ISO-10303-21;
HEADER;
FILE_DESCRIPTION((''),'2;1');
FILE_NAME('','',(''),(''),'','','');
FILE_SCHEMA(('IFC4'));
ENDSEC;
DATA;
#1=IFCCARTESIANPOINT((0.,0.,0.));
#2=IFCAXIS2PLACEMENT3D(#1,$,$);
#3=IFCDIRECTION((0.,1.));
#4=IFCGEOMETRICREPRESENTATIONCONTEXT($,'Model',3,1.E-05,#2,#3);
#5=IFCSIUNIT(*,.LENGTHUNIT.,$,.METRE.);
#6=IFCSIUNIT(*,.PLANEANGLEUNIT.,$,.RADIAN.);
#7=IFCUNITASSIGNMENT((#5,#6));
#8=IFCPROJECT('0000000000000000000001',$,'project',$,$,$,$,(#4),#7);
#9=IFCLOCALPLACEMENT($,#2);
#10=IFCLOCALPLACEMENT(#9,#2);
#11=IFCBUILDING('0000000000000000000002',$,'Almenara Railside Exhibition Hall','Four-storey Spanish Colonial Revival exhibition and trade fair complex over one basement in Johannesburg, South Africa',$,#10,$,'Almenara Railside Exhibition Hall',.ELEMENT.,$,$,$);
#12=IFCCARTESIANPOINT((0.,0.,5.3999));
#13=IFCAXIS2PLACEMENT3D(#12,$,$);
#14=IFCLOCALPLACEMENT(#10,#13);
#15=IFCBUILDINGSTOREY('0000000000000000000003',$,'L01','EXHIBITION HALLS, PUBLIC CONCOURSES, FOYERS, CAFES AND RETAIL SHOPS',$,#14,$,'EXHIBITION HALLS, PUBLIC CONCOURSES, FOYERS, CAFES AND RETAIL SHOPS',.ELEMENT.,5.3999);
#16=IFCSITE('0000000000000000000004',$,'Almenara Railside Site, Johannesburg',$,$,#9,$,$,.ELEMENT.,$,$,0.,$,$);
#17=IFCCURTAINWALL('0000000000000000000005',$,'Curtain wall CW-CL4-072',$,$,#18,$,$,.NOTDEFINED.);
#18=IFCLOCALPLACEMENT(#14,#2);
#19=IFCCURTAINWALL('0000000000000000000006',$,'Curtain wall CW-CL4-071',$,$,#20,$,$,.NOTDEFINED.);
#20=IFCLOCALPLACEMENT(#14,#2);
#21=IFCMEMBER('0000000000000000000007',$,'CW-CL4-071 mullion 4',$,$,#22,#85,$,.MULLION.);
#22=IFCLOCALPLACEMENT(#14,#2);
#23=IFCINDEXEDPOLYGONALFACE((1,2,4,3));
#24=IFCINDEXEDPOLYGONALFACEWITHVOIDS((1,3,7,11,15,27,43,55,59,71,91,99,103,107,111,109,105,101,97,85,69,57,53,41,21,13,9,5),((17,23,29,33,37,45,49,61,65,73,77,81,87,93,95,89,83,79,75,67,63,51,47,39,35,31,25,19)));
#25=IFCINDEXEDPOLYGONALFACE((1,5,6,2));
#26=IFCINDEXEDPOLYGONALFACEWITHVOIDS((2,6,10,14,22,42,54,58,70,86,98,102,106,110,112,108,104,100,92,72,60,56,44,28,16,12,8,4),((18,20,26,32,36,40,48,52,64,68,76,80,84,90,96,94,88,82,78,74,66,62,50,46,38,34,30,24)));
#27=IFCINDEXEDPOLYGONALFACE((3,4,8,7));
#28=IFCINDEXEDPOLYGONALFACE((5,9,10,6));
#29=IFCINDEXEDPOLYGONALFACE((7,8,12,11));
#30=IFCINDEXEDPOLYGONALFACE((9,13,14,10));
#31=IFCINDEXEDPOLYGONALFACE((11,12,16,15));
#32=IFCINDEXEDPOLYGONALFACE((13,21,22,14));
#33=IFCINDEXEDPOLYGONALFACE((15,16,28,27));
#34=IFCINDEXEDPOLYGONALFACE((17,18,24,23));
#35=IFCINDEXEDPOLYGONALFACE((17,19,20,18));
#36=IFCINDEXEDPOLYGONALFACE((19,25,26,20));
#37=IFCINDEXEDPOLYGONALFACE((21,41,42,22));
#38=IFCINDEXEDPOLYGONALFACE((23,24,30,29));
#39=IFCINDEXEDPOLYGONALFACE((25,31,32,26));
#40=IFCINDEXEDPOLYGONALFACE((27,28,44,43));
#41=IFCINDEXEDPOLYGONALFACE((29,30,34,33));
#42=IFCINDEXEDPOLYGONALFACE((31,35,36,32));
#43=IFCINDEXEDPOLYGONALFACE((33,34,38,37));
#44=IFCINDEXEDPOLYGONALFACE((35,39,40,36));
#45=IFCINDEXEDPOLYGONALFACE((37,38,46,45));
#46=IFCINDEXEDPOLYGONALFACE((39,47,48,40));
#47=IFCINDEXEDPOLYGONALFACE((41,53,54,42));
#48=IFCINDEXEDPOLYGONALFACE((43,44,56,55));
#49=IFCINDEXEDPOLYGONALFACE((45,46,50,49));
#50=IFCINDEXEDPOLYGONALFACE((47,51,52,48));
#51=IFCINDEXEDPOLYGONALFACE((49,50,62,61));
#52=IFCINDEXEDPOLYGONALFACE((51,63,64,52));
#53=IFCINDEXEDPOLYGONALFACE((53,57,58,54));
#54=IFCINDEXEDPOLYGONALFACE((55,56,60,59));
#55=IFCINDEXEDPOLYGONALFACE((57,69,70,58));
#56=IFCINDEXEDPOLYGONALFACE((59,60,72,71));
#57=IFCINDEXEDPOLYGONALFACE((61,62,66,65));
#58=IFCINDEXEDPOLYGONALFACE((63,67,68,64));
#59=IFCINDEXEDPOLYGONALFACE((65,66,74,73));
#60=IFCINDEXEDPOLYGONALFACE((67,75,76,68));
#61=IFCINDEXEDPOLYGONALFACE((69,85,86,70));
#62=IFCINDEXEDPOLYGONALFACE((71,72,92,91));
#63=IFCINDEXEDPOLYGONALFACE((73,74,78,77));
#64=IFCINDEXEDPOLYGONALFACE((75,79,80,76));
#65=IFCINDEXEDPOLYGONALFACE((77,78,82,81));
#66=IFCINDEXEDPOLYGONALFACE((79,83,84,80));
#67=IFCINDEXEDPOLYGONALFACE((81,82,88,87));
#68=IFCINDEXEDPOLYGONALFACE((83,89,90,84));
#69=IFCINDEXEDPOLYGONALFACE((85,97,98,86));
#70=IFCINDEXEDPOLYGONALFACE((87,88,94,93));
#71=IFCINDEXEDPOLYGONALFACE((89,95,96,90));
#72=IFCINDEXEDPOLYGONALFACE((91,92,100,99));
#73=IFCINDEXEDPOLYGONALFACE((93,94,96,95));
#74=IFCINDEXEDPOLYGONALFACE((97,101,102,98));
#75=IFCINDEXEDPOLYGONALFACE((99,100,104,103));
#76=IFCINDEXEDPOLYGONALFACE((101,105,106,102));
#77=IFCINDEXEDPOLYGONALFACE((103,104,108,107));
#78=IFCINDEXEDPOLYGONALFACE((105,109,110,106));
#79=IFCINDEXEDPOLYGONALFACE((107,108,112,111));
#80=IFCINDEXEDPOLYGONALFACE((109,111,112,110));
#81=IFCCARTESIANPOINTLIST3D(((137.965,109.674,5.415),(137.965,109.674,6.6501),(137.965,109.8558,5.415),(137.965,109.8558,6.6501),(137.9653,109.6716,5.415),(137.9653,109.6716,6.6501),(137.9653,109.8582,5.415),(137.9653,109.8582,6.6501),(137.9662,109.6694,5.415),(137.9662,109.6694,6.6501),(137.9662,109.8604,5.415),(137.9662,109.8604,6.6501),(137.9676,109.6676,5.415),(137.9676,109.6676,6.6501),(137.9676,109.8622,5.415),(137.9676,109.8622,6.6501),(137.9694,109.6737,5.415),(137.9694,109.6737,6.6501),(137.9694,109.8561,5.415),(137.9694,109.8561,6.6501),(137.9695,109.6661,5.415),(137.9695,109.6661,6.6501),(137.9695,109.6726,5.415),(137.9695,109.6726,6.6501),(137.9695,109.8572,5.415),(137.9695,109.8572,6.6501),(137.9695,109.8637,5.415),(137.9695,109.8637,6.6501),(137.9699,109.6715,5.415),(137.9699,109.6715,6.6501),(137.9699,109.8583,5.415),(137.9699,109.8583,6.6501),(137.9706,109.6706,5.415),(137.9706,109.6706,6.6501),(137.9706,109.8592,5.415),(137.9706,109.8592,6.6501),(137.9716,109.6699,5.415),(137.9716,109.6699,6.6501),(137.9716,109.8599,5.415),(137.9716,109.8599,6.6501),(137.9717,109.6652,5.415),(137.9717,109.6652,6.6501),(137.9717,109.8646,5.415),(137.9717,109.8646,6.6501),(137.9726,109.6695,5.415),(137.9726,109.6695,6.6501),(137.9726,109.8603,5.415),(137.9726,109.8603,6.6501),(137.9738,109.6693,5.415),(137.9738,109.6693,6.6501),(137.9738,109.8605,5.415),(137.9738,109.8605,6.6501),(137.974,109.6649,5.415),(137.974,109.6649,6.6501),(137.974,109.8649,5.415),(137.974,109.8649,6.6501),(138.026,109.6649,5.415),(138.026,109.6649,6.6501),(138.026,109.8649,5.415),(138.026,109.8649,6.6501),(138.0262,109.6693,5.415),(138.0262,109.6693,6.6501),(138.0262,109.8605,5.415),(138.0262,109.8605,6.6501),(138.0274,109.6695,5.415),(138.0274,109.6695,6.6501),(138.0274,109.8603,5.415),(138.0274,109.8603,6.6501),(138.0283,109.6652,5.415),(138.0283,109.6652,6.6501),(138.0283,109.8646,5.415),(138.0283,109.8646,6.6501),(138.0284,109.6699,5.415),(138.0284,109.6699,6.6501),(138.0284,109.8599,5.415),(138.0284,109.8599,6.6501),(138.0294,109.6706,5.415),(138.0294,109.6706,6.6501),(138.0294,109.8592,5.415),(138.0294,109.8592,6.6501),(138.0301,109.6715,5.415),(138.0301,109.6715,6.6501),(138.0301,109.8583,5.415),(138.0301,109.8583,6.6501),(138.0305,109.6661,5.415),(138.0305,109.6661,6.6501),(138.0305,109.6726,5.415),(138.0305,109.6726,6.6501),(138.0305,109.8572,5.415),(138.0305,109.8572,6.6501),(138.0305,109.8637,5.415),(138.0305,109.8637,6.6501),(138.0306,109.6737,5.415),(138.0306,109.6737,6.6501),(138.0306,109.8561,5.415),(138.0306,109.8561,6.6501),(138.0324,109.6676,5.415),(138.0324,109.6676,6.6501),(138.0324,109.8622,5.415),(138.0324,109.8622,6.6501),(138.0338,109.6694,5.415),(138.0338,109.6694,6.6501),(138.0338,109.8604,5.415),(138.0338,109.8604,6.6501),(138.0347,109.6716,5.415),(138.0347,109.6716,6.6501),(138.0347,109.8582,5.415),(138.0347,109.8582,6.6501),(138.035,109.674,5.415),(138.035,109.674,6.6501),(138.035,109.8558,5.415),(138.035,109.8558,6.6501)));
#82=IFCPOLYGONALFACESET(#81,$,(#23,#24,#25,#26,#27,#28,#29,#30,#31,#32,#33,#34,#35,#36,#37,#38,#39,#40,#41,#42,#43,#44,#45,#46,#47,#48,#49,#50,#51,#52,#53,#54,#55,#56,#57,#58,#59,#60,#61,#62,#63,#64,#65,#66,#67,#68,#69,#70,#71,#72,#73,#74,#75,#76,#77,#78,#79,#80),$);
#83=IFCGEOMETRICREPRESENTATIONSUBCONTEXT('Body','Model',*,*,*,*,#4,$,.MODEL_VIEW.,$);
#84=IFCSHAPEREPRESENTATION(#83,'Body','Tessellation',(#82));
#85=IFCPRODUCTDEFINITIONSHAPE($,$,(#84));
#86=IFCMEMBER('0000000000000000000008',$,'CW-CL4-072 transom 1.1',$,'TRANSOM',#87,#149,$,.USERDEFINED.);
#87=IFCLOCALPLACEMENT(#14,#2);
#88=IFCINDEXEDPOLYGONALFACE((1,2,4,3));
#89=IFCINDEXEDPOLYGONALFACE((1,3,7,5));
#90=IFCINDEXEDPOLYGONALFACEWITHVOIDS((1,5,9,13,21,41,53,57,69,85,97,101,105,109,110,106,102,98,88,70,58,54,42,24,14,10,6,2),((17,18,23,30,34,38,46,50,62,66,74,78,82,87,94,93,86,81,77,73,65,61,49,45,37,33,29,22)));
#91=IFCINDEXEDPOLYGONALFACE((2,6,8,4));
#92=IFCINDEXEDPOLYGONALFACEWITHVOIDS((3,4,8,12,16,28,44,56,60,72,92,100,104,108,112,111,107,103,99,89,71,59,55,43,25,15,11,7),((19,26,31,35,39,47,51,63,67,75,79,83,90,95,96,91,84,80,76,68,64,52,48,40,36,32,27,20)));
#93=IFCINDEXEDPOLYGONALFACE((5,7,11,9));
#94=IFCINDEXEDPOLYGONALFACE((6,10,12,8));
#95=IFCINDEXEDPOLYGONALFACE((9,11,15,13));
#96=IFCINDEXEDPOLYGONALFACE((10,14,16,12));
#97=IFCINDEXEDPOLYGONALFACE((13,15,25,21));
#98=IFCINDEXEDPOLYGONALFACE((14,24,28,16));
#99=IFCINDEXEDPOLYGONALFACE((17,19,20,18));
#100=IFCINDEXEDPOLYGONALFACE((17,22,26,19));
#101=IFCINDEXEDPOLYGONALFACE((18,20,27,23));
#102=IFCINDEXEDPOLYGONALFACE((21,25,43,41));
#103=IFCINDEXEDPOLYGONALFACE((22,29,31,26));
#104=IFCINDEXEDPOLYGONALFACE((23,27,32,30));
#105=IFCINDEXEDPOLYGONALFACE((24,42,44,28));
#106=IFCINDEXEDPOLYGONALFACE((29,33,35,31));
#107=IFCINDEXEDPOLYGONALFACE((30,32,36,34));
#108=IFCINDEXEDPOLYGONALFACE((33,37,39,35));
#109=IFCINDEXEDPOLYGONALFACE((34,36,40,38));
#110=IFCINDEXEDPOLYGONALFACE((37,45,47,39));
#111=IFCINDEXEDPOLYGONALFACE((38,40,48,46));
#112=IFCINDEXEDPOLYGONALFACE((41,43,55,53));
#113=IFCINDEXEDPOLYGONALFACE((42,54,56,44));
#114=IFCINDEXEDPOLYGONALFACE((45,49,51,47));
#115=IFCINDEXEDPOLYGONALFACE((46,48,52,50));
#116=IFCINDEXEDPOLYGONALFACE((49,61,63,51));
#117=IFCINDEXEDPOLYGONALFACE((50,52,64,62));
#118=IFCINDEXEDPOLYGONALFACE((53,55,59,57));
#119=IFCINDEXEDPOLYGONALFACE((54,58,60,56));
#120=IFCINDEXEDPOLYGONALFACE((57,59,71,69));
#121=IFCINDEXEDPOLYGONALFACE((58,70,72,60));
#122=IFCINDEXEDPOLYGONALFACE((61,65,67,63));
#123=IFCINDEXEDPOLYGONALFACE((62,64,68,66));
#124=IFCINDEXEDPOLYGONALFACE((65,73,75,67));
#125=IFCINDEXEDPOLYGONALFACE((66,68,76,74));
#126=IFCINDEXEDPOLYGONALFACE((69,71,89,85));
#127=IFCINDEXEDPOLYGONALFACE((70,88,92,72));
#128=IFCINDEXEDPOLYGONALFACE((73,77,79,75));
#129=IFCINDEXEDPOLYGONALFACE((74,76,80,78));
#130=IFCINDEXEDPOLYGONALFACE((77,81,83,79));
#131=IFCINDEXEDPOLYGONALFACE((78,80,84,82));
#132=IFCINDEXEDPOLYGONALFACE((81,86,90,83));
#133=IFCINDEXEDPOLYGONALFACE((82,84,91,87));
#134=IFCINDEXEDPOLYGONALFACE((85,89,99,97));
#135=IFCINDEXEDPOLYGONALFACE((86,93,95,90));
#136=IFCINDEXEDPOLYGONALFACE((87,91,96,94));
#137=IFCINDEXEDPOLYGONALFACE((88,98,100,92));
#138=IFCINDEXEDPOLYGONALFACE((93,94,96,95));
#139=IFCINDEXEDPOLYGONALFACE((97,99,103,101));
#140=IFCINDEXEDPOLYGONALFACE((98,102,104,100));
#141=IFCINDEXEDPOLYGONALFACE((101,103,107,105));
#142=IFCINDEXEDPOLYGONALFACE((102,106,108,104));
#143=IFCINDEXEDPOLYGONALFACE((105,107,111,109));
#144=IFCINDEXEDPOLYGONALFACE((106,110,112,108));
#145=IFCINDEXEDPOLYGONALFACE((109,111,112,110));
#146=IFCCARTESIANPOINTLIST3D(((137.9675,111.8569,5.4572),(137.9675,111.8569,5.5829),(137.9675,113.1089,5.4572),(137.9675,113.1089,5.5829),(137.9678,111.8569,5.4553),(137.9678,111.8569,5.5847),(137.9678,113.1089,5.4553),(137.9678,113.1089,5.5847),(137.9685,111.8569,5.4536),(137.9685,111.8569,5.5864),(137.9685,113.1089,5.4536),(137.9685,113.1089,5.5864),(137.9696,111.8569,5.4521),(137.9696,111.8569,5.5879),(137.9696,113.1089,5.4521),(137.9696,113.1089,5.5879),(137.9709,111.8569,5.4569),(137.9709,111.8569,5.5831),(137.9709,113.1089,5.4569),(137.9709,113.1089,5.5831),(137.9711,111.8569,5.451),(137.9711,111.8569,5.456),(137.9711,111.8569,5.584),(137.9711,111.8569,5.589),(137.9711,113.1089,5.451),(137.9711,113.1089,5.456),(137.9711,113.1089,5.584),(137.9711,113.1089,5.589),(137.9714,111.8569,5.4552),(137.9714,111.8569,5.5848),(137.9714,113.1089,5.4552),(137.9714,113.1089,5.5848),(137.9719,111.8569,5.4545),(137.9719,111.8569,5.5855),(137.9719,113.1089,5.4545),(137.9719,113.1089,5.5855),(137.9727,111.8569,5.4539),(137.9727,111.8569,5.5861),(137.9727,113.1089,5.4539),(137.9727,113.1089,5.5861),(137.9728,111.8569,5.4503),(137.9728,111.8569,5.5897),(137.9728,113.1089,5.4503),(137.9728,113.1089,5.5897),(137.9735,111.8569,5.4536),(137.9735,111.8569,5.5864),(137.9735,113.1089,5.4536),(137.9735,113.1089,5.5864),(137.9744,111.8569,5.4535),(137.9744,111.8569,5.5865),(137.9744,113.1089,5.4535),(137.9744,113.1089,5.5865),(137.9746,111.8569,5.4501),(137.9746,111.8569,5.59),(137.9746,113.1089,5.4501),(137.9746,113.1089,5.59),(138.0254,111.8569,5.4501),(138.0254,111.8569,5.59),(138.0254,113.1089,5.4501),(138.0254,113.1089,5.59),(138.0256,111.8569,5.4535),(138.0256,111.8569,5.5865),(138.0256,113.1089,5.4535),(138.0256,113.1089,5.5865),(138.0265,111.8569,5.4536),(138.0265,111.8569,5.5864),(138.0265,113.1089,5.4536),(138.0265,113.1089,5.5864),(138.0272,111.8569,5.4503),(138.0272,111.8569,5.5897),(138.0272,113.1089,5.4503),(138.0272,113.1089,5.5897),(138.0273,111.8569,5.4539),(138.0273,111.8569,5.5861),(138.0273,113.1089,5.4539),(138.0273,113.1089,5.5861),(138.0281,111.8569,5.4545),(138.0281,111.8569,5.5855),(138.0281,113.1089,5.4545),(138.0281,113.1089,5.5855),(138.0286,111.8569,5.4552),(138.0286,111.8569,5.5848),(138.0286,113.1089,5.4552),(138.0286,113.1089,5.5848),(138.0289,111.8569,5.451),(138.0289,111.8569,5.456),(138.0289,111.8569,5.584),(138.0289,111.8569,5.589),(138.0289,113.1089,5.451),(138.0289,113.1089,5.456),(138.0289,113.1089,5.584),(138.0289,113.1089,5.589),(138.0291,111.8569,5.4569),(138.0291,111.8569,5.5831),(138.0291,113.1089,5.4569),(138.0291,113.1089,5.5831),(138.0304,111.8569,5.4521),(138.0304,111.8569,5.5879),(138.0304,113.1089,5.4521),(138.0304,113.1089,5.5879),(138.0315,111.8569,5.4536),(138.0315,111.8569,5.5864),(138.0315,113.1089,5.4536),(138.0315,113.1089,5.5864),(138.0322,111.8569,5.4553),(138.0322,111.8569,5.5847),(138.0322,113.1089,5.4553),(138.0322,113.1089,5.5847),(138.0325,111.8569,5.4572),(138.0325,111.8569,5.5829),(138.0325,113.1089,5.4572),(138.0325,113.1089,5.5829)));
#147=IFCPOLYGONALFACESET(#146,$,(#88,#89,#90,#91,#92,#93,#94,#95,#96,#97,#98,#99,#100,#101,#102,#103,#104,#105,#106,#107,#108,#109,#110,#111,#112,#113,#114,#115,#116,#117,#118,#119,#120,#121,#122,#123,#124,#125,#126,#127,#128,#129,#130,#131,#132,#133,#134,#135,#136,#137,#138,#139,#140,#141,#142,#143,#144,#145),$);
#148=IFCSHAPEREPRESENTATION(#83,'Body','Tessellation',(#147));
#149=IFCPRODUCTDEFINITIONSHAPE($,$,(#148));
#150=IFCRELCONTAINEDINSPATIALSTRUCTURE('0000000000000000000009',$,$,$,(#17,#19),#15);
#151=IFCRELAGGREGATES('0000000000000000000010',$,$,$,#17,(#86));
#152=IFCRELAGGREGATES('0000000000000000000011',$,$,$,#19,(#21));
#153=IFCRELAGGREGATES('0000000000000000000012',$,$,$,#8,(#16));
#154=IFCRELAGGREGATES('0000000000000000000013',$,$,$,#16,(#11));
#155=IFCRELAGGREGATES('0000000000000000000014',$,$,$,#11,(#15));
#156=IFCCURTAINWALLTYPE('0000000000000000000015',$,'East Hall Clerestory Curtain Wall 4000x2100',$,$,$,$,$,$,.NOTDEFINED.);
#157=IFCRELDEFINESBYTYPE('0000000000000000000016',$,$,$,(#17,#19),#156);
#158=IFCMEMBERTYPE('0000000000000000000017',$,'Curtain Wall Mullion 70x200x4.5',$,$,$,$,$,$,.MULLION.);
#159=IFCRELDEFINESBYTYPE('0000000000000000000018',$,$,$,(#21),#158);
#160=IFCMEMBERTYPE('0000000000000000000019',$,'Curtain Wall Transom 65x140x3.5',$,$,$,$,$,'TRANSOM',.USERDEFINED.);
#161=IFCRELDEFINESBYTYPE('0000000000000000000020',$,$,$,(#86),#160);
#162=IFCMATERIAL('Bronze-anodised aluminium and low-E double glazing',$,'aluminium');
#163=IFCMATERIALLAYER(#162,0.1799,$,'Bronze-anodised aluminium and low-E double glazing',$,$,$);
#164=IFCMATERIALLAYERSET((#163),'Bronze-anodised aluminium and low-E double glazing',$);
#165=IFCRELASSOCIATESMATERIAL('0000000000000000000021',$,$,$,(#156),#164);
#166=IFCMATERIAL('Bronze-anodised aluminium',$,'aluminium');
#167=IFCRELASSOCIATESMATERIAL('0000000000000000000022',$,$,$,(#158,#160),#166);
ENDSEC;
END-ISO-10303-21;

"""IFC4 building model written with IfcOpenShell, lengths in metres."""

from ifc_helpers import new_model, si_unit, direction, frame, origin, origin_2d, place, context, subcontext, project, spatial, hollow_rectangle, extrude, material, layer, layer_set, material_profile, profile_set, type_object, element, aggregate, save


model = new_model("IFC4")

# Units and contexts
model_context = context("Model", 3, precision=1e-05, world=origin(), true_north=direction((0.0, 1.0)))
body_context = subcontext(model_context, "Body", "Model", "MODEL_VIEW")
ifc_project = project(units=[si_unit("LENGTHUNIT", "METRE"), si_unit("PLANEANGLEUNIT", "RADIAN")], contexts=[model_context])

# Site, building, storey
site_placement = place(None, origin())
site = spatial("IfcSite", under=ifc_project, at=site_placement, Name="Almenara Railside Site, Johannesburg", CompositionType="ELEMENT", RefElevation=0.0)
building_placement = place(site_placement, origin())
building = spatial("IfcBuilding", under=site, at=building_placement, Name="Almenara Railside Exhibition Hall", Description="Four-storey Spanish Colonial Revival exhibition and trade fair complex over one basement in Johannesburg, South Africa", LongName="Almenara Railside Exhibition Hall", CompositionType="ELEMENT")
storey_placement = place(building_placement, frame((0.0, 0.0, 5.3999)))
storey = spatial("IfcBuildingStorey", under=building, at=storey_placement, Name="L01", Description="EXHIBITION HALLS, PUBLIC CONCOURSES, FOYERS, CAFES AND RETAIL SHOPS", LongName="EXHIBITION HALLS, PUBLIC CONCOURSES, FOYERS, CAFES AND RETAIL SHOPS", CompositionType="ELEMENT", Elevation=5.3999)

# Curtain wall
ifc_material_1 = material(Name="Bronze-anodised aluminium and low-E double glazing", Category="aluminium")
ifc_layer_1 = layer(ifc_material_1, 0.1799, Name="Bronze-anodised aluminium and low-E double glazing")
ifc_layer_set_1 = layer_set([ifc_layer_1], Name="Bronze-anodised aluminium and low-E double glazing")
curtain_wall_type = type_object("IfcCurtainWallType", Name="East Hall Clerestory Curtain Wall 4000x2100", PredefinedType="NOTDEFINED", material=ifc_layer_set_1)
curtain_wall_1_placement = place(storey_placement, origin())
curtain_wall_1 = element("IfcCurtainWall", 1, at=curtain_wall_1_placement, inside=storey, type_object=curtain_wall_type, Name="Curtain wall CW-CL4-072", PredefinedType="NOTDEFINED")
ifc_material_2 = material(Name="Bronze-anodised aluminium", Category="aluminium")

# Curtain wall, member
curtain_wall_2_placement = place(storey_placement, origin())
curtain_wall_2 = element("IfcCurtainWall", 2, at=curtain_wall_2_placement, inside=storey, type_object=curtain_wall_type, Name="Curtain wall CW-CL4-071", PredefinedType="NOTDEFINED")
ifc_material_profile_1 = material_profile(ifc_material_2, hollow_rectangle(XDim=0.0701, YDim=0.2, WallThickness=0.0044, InnerFilletRadius=0.0044, OuterFilletRadius=0.009, at=origin_2d()), Name="ALU-MUL 70x200x4.5")
ifc_profile_set_1 = profile_set([ifc_material_profile_1], Name="Bronze-anodised aluminium")
member_type_1 = type_object("IfcMemberType", Name="Curtain Wall Mullion 70x200x4.5", PredefinedType="MULLION", material=ifc_profile_set_1)
member_1_placement = place(storey_placement, frame((138.0, 109.7649, 5.415), z_axis=(0.0, 0.0, 1.0), x_axis=(-1.0, 0.0, 0.0)))
member_1 = element("IfcMember", 3, at=member_1_placement, type_object=member_type_1, Name="CW-CL4-071 mullion 4", PredefinedType="MULLION", context=body_context, shape_type="SweptSolid", body=[
    extrude(hollow_rectangle(XDim=0.0701, YDim=0.2, WallThickness=0.0044, InnerFilletRadius=0.0044, OuterFilletRadius=0.009, at=origin_2d()), origin(), (0.0, 0.0, 1.0), 1.2351),
])

# Member
ifc_material_profile_2 = material_profile(ifc_material_2, hollow_rectangle(XDim=0.0649, YDim=0.1399, WallThickness=0.0034, InnerFilletRadius=0.0034, OuterFilletRadius=0.0071, at=origin_2d()), Name="ALU-TRN 65x140x3.5")
ifc_profile_set_2 = profile_set([ifc_material_profile_2], Name="Bronze-anodised aluminium")
member_type_2 = type_object("IfcMemberType", Name="Curtain Wall Transom 65x140x3.5", ElementType="TRANSOM", PredefinedType="USERDEFINED", material=ifc_profile_set_2)
member_2_placement = place(storey_placement, frame((138.0, 111.8569, 5.52), z_axis=(0.0, 1.0, 0.0), x_axis=(-1.0, 0.0, 0.0)))
member_2 = element("IfcMember", 4, at=member_2_placement, type_object=member_type_2, Name="CW-CL4-072 transom 1.1", ObjectType="TRANSOM", PredefinedType="USERDEFINED", context=body_context, shape_type="SweptSolid", body=[
    extrude(hollow_rectangle(XDim=0.0649, YDim=0.1399, WallThickness=0.0034, InnerFilletRadius=0.0034, OuterFilletRadius=0.0071, at=origin_2d()), origin(), (0.0, 0.0, 1.0), 1.252),
])

aggregate(curtain_wall_1, [member_2])
aggregate(curtain_wall_2, [member_1])

save(model, "model.ifc")
